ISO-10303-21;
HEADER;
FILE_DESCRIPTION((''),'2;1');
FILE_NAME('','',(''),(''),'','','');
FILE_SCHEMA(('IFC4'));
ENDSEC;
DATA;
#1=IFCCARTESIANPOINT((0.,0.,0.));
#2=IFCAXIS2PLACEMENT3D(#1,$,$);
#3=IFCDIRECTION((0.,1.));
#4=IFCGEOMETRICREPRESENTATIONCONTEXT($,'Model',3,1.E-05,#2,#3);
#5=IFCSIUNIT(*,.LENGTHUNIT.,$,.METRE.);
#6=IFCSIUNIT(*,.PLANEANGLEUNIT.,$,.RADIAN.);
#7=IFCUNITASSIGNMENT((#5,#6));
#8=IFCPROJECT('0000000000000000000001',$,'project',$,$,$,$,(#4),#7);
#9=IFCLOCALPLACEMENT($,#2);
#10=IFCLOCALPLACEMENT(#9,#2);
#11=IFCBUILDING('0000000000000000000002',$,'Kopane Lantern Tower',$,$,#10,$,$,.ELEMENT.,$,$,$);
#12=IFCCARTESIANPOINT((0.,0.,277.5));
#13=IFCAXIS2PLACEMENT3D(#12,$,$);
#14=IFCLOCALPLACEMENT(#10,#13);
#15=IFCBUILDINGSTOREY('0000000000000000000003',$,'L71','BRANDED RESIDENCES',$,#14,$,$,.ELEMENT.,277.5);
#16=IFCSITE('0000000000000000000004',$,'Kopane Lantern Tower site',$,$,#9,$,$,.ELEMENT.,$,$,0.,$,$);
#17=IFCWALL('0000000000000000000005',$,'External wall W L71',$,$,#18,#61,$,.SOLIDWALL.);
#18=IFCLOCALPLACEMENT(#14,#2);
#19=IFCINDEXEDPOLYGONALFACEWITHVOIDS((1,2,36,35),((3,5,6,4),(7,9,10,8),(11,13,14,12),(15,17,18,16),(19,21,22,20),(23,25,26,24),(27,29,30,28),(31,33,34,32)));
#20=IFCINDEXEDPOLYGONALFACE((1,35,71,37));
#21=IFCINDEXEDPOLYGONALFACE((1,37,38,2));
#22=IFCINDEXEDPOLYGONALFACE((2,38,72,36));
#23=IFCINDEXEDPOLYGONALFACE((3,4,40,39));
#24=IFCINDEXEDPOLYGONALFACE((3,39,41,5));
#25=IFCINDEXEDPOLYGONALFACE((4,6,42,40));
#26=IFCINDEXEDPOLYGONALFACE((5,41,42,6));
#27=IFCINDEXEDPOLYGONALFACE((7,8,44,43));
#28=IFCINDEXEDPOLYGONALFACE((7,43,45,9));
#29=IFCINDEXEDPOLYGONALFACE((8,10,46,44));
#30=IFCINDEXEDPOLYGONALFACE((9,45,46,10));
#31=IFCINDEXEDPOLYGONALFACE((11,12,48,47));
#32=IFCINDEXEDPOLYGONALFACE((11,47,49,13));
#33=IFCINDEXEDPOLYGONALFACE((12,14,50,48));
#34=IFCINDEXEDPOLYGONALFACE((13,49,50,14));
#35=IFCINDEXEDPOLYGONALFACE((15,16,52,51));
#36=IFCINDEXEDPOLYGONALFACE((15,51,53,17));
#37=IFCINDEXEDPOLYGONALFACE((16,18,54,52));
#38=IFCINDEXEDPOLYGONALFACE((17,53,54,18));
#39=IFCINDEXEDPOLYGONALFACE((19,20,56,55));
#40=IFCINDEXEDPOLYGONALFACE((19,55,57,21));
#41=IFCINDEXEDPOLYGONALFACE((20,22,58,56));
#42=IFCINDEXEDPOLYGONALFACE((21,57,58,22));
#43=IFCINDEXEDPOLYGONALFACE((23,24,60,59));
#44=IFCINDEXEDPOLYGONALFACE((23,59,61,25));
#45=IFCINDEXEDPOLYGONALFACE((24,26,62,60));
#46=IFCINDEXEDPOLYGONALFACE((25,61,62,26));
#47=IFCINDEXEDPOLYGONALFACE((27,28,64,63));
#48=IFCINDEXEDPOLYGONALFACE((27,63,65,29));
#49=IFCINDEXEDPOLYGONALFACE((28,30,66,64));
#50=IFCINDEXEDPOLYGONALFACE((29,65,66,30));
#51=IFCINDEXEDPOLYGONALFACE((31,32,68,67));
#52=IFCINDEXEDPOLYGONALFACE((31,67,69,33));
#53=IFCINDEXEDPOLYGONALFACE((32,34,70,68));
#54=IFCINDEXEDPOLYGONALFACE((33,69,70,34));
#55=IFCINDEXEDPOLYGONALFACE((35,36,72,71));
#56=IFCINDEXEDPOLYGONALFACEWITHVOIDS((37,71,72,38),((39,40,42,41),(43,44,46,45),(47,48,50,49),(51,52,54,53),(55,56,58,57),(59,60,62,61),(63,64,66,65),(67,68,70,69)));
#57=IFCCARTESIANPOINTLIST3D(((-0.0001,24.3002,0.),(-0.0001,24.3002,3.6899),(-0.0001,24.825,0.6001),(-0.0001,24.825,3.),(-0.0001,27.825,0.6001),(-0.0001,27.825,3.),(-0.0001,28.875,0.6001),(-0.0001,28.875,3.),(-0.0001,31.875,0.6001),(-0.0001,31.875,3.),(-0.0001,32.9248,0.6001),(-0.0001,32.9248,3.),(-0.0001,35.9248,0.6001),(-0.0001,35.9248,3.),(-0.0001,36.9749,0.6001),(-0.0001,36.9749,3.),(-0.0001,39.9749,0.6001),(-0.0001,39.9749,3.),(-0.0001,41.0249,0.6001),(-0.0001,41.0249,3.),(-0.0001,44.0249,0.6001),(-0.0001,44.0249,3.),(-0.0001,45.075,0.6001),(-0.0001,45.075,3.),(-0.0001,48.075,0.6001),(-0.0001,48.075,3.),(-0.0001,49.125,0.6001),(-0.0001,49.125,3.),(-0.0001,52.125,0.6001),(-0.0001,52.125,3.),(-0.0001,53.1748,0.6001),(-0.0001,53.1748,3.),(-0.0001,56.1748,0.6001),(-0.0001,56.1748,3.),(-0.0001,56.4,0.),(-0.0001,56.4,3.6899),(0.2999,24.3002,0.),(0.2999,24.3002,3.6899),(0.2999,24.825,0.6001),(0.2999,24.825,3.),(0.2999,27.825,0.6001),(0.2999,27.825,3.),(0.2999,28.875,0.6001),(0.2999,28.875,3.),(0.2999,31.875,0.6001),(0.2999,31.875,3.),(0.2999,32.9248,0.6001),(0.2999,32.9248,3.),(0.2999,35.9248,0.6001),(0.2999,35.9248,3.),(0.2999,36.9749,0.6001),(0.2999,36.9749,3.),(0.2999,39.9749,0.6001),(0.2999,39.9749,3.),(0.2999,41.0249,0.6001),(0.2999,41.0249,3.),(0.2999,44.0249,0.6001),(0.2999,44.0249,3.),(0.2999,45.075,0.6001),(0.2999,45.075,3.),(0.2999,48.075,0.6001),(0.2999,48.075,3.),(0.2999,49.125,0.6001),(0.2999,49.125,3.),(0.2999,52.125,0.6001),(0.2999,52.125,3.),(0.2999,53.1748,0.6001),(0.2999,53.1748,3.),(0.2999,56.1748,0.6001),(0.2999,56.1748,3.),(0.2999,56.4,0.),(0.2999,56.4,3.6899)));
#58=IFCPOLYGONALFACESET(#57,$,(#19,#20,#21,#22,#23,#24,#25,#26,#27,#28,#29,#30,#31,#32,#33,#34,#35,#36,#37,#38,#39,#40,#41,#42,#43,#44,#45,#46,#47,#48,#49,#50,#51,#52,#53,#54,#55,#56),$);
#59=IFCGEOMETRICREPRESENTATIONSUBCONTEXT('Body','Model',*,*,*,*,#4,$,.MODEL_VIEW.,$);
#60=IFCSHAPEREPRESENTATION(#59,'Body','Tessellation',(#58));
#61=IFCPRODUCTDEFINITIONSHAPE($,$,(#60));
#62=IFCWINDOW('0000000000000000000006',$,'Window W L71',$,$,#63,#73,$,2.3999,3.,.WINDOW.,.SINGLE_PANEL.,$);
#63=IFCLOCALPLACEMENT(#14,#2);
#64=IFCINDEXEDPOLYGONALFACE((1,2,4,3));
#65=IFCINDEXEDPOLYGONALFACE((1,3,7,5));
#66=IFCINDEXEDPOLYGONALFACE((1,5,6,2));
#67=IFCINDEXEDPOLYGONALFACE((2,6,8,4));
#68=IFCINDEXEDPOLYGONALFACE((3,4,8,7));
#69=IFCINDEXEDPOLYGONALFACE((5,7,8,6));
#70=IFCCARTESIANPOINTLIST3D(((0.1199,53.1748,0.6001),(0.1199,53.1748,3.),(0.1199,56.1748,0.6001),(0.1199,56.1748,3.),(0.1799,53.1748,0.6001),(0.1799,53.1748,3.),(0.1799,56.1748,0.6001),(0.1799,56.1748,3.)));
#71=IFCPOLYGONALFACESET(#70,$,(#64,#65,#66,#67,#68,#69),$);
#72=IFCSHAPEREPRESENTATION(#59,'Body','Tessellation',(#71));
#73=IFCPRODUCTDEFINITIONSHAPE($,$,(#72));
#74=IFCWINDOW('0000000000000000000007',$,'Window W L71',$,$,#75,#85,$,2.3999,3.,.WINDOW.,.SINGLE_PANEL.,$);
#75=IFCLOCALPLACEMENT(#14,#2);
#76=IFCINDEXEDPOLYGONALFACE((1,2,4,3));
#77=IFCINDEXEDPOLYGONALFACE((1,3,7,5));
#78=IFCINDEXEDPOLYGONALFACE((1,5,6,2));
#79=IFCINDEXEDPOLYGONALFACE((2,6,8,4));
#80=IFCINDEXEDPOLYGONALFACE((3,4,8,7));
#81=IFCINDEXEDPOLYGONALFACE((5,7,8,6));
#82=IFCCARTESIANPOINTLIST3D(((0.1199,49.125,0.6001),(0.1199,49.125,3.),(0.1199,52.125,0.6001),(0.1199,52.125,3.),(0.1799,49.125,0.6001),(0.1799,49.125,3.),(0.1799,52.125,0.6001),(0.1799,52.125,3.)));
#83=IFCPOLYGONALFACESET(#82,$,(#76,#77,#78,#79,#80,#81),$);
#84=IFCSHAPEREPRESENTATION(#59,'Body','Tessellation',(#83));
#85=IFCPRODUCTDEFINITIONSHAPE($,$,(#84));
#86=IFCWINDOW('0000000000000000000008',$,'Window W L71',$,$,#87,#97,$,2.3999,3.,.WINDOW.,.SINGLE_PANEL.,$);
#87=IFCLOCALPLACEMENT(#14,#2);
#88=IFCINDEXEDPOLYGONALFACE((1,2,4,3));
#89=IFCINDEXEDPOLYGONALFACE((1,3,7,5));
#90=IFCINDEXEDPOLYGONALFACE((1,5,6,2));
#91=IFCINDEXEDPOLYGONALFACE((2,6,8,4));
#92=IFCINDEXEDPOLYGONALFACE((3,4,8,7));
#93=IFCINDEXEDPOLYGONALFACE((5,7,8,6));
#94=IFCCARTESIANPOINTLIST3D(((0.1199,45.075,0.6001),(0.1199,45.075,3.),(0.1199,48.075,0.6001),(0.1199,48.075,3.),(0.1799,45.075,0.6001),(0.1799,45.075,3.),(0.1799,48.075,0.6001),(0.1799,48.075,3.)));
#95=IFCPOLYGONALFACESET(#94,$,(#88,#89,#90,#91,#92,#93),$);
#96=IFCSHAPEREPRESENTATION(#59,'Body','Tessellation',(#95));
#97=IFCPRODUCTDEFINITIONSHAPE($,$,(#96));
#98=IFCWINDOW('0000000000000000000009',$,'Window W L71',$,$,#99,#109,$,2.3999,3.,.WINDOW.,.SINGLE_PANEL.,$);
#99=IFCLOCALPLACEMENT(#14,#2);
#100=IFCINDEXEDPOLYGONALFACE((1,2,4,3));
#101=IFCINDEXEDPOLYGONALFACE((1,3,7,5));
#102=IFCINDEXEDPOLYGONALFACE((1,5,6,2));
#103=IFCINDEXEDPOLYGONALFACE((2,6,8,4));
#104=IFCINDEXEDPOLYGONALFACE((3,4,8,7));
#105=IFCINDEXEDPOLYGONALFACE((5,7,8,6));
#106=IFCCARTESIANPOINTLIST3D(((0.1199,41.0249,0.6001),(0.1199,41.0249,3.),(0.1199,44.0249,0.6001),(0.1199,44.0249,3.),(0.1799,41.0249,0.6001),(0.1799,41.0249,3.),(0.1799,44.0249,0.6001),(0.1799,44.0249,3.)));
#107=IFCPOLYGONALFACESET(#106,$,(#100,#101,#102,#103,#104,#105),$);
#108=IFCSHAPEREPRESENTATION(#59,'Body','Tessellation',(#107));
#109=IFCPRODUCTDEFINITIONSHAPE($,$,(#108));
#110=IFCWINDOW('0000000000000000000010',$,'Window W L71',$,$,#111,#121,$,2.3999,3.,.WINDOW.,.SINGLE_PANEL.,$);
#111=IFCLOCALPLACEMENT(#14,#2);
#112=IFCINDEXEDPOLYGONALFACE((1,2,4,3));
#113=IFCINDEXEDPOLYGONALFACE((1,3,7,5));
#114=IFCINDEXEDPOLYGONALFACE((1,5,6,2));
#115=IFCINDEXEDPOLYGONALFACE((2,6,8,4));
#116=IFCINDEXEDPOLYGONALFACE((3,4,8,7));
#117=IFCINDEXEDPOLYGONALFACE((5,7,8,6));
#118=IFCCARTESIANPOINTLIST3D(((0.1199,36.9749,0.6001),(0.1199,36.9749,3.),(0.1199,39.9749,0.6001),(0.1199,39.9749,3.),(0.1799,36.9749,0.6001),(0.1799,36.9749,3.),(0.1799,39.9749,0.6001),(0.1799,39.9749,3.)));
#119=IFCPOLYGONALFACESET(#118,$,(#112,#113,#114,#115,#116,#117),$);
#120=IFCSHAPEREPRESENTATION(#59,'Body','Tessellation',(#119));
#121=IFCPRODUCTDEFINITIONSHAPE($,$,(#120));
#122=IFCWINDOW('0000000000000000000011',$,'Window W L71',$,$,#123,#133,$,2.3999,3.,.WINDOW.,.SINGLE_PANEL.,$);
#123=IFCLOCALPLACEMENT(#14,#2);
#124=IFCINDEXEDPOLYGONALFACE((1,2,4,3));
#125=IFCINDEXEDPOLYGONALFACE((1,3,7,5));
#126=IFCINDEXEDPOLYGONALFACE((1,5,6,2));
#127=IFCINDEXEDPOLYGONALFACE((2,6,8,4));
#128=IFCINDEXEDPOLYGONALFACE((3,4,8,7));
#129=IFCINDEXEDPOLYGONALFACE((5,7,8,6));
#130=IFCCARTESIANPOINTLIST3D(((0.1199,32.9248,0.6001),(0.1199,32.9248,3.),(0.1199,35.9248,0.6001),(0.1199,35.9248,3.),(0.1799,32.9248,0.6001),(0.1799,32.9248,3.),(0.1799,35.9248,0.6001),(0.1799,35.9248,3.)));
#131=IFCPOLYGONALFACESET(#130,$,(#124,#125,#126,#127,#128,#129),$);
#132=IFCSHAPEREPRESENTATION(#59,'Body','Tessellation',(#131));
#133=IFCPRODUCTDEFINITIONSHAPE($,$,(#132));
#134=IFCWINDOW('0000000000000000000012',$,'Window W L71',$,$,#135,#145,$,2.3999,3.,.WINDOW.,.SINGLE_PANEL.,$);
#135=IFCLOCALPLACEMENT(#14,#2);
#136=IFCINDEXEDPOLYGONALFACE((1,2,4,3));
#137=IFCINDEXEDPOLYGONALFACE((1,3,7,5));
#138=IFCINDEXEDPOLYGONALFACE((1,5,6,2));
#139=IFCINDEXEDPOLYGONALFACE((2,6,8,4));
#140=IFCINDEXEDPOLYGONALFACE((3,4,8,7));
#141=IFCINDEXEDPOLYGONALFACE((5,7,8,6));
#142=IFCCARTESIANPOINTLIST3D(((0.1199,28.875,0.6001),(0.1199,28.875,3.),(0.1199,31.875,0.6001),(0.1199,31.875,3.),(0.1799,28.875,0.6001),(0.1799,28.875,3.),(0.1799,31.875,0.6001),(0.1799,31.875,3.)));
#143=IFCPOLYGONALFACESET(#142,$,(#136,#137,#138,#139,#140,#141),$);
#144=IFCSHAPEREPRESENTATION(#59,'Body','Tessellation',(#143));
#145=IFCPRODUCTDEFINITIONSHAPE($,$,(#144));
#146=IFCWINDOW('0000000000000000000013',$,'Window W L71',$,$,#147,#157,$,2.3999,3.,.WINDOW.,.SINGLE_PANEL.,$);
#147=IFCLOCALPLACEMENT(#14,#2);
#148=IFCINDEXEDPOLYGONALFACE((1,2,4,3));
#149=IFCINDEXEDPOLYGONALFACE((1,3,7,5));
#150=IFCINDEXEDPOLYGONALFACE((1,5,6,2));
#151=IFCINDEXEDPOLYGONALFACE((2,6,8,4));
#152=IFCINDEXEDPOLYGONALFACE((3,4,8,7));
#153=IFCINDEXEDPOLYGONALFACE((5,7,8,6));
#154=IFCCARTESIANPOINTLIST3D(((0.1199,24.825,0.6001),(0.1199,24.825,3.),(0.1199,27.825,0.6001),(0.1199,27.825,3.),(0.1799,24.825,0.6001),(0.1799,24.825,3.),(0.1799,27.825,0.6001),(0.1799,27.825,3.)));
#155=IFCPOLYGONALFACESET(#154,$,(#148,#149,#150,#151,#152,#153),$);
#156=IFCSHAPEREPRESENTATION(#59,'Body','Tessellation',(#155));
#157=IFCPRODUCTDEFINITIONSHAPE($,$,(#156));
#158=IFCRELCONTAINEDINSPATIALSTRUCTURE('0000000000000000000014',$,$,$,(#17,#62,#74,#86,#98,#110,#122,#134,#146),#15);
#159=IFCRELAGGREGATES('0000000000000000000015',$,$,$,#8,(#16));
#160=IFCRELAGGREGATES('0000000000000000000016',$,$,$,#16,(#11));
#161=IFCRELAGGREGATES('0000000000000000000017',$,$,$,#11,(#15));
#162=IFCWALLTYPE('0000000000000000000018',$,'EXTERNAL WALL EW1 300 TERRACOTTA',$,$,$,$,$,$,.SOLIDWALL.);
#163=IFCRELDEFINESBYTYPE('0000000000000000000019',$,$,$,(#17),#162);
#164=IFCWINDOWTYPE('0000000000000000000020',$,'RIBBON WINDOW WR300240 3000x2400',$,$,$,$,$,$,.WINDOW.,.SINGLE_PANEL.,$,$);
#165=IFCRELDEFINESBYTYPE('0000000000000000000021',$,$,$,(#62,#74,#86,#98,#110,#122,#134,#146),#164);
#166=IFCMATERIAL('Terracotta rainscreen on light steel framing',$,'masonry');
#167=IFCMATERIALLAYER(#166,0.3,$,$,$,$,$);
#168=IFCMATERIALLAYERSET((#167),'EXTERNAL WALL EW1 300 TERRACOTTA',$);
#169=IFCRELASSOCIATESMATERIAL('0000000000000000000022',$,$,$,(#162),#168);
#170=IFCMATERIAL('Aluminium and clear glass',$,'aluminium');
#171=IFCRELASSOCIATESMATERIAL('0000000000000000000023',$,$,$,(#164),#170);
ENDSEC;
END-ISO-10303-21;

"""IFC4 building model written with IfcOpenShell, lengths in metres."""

from ifc_helpers import new_model, si_unit, direction, frame, frame_2d, origin, place, context, subcontext, project, spatial, rectangle, extrude, material, layer, layer_set, type_object, element, fill, save


model = new_model("IFC4")

# Units and contexts
model_context = context("Model", 3, precision=1e-05, world=origin(), true_north=direction((0.0, 1.0)))
body_context = subcontext(model_context, "Body", "Model", "MODEL_VIEW")
ifc_project = project(units=[si_unit("LENGTHUNIT", "METRE"), si_unit("PLANEANGLEUNIT", "RADIAN")], contexts=[model_context])

# Site, building, storey
site_placement = place(None, origin())
site = spatial("IfcSite", under=ifc_project, at=site_placement, Name="Kopane Lantern Tower site", CompositionType="ELEMENT", RefElevation=0.0)
building_placement = place(site_placement, origin())
building = spatial("IfcBuilding", under=site, at=building_placement, Name="Kopane Lantern Tower", CompositionType="ELEMENT")
storey_placement = place(building_placement, frame((0.0, 0.0, 277.5)))
storey = spatial("IfcBuildingStorey", under=building, at=storey_placement, Name="L71", Description="BRANDED RESIDENCES", CompositionType="ELEMENT", Elevation=277.5)

# Shared definitions
ifc_material_1 = material(Name="Terracotta rainscreen on light steel framing", Category="masonry")
ifc_layer_1 = layer(ifc_material_1, 0.3)
ifc_layer_set_1 = layer_set([ifc_layer_1], Name="EXTERNAL WALL EW1 300 TERRACOTTA")
wall_type_1 = type_object("IfcWallType", Name="EXTERNAL WALL EW1 300 TERRACOTTA", PredefinedType="SOLIDWALL", material=ifc_layer_set_1)

# Wall, openings, windows
wall_1_placement = place(storey_placement, frame((0.1499, 56.3999, 0.0), z_axis=(0.0, 0.0, 1.0), x_axis=(0.0, -1.0, 0.0)))
wall_1 = element("IfcWall", 1, at=wall_1_placement, inside=storey, type_object=wall_type_1, Name="External wall W L71", PredefinedType="SOLIDWALL", context=body_context, shape_type="SweptSolid", body=[
    extrude(rectangle(XDim=32.0999, YDim=0.3, at=frame_2d((16.0498, 0.0))), origin(), (0.0, 0.0, 1.0), 3.6899),
])
opening_1_placement = place(wall_1_placement, frame((0.2251, 0.0, 0.6001)))
opening_1 = element("IfcOpeningElement", 2, at=opening_1_placement, cuts=wall_1, PredefinedType="OPENING", context=body_context, shape_type="SweptSolid", body=[
    extrude(rectangle(XDim=3.0, YDim=2.3999, at=frame_2d((1.5, 1.2))), frame((0.0, 0.1599, 0.0), z_axis=(0.0, -1.0, 0.0), x_axis=(1.0, 0.0, 0.0)), (0.0, 0.0, 1.0), 0.3201),
])
opening_2_placement = place(wall_1_placement, frame((4.2749, 0.0, 0.6001)))
opening_2 = element("IfcOpeningElement", 3, at=opening_2_placement, cuts=wall_1, PredefinedType="OPENING", context=body_context, shape_type="SweptSolid", body=[
    extrude(rectangle(XDim=3.0, YDim=2.3999, at=frame_2d((1.5, 1.2))), frame((0.0, 0.1599, 0.0), z_axis=(0.0, -1.0, 0.0), x_axis=(1.0, 0.0, 0.0)), (0.0, 0.0, 1.0), 0.3201),
])
opening_3_placement = place(wall_1_placement, frame((8.325, 0.0, 0.6001)))
opening_3 = element("IfcOpeningElement", 4, at=opening_3_placement, cuts=wall_1, PredefinedType="OPENING", context=body_context, shape_type="SweptSolid", body=[
    extrude(rectangle(XDim=3.0, YDim=2.3999, at=frame_2d((1.5, 1.2))), frame((0.0, 0.1599, 0.0), z_axis=(0.0, -1.0, 0.0), x_axis=(1.0, 0.0, 0.0)), (0.0, 0.0, 1.0), 0.3201),
])
opening_4_placement = place(wall_1_placement, frame((12.375, 0.0, 0.6001)))
opening_4 = element("IfcOpeningElement", 5, at=opening_4_placement, cuts=wall_1, PredefinedType="OPENING", context=body_context, shape_type="SweptSolid", body=[
    extrude(rectangle(XDim=3.0, YDim=2.3999, at=frame_2d((1.5, 1.2))), frame((0.0, 0.1599, 0.0), z_axis=(0.0, -1.0, 0.0), x_axis=(1.0, 0.0, 0.0)), (0.0, 0.0, 1.0), 0.3201),
])
opening_5_placement = place(wall_1_placement, frame((16.425, 0.0, 0.6001)))
opening_5 = element("IfcOpeningElement", 6, at=opening_5_placement, cuts=wall_1, PredefinedType="OPENING", context=body_context, shape_type="SweptSolid", body=[
    extrude(rectangle(XDim=3.0, YDim=2.3999, at=frame_2d((1.5, 1.2))), frame((0.0, 0.1599, 0.0), z_axis=(0.0, -1.0, 0.0), x_axis=(1.0, 0.0, 0.0)), (0.0, 0.0, 1.0), 0.3201),
])
opening_6_placement = place(wall_1_placement, frame((20.4751, 0.0, 0.6001)))
opening_6 = element("IfcOpeningElement", 7, at=opening_6_placement, cuts=wall_1, PredefinedType="OPENING", context=body_context, shape_type="SweptSolid", body=[
    extrude(rectangle(XDim=3.0, YDim=2.3999, at=frame_2d((1.5, 1.2))), frame((0.0, 0.1599, 0.0), z_axis=(0.0, -1.0, 0.0), x_axis=(1.0, 0.0, 0.0)), (0.0, 0.0, 1.0), 0.3201),
])
opening_7_placement = place(wall_1_placement, frame((24.5249, 0.0, 0.6001)))
opening_7 = element("IfcOpeningElement", 8, at=opening_7_placement, cuts=wall_1, PredefinedType="OPENING", context=body_context, shape_type="SweptSolid", body=[
    extrude(rectangle(XDim=3.0, YDim=2.3999, at=frame_2d((1.5, 1.2))), frame((0.0, 0.1599, 0.0), z_axis=(0.0, -1.0, 0.0), x_axis=(1.0, 0.0, 0.0)), (0.0, 0.0, 1.0), 0.3201),
])
opening_8_placement = place(wall_1_placement, frame((28.575, 0.0, 0.6001)))
opening_8 = element("IfcOpeningElement", 9, at=opening_8_placement, cuts=wall_1, PredefinedType="OPENING", context=body_context, shape_type="SweptSolid", body=[
    extrude(rectangle(XDim=3.0, YDim=2.3999, at=frame_2d((1.5, 1.2))), frame((0.0, 0.1599, 0.0), z_axis=(0.0, -1.0, 0.0), x_axis=(1.0, 0.0, 0.0)), (0.0, 0.0, 1.0), 0.3201),
])
ifc_material_2 = material(Name="Aluminium and clear glass", Category="aluminium")
window_type_1 = type_object("IfcWindowType", Name="RIBBON WINDOW WR300240 3000x2400", PartitioningType="SINGLE_PANEL", PredefinedType="WINDOW", material=ifc_material_2)
window_1_placement = place(opening_1_placement, origin())
window_1 = element("IfcWindow", 10, at=window_1_placement, inside=storey, type_object=window_type_1, Name="Window W L71", OverallHeight=2.3999, OverallWidth=3.0, PartitioningType="SINGLE_PANEL", PredefinedType="WINDOW", context=body_context, shape_type="SweptSolid", body=[
    extrude(rectangle(XDim=3.0, YDim=2.3999, at=frame_2d((1.5, 1.2))), frame((0.0, 0.03, 0.0), z_axis=(0.0, -1.0, 0.0), x_axis=(1.0, 0.0, 0.0)), (0.0, 0.0, 1.0), 0.0601),
])
fill(opening_1, window_1)
window_2_placement = place(opening_2_placement, origin())
window_2 = element("IfcWindow", 11, at=window_2_placement, inside=storey, type_object=window_type_1, Name="Window W L71", OverallHeight=2.3999, OverallWidth=3.0, PartitioningType="SINGLE_PANEL", PredefinedType="WINDOW", context=body_context, shape_type="SweptSolid", body=[
    extrude(rectangle(XDim=3.0, YDim=2.3999, at=frame_2d((1.5, 1.2))), frame((0.0, 0.03, 0.0), z_axis=(0.0, -1.0, 0.0), x_axis=(1.0, 0.0, 0.0)), (0.0, 0.0, 1.0), 0.0601),
])
fill(opening_2, window_2)
window_3_placement = place(opening_3_placement, origin())
window_3 = element("IfcWindow", 12, at=window_3_placement, inside=storey, type_object=window_type_1, Name="Window W L71", OverallHeight=2.3999, OverallWidth=3.0, PartitioningType="SINGLE_PANEL", PredefinedType="WINDOW", context=body_context, shape_type="SweptSolid", body=[
    extrude(rectangle(XDim=3.0, YDim=2.3999, at=frame_2d((1.5, 1.2))), frame((0.0, 0.03, 0.0), z_axis=(0.0, -1.0, 0.0), x_axis=(1.0, 0.0, 0.0)), (0.0, 0.0, 1.0), 0.0601),
])
fill(opening_3, window_3)
window_4_placement = place(opening_4_placement, origin())
window_4 = element("IfcWindow", 13, at=window_4_placement, inside=storey, type_object=window_type_1, Name="Window W L71", OverallHeight=2.3999, OverallWidth=3.0, PartitioningType="SINGLE_PANEL", PredefinedType="WINDOW", context=body_context, shape_type="SweptSolid", body=[
    extrude(rectangle(XDim=3.0, YDim=2.3999, at=frame_2d((1.5, 1.2))), frame((0.0, 0.03, 0.0), z_axis=(0.0, -1.0, 0.0), x_axis=(1.0, 0.0, 0.0)), (0.0, 0.0, 1.0), 0.0601),
])
fill(opening_4, window_4)
window_5_placement = place(opening_5_placement, origin())
window_5 = element("IfcWindow", 14, at=window_5_placement, inside=storey, type_object=window_type_1, Name="Window W L71", OverallHeight=2.3999, OverallWidth=3.0, PartitioningType="SINGLE_PANEL", PredefinedType="WINDOW", context=body_context, shape_type="SweptSolid", body=[
    extrude(rectangle(XDim=3.0, YDim=2.3999, at=frame_2d((1.5, 1.2))), frame((0.0, 0.03, 0.0), z_axis=(0.0, -1.0, 0.0), x_axis=(1.0, 0.0, 0.0)), (0.0, 0.0, 1.0), 0.0601),
])
fill(opening_5, window_5)
window_6_placement = place(opening_6_placement, origin())
window_6 = element("IfcWindow", 15, at=window_6_placement, inside=storey, type_object=window_type_1, Name="Window W L71", OverallHeight=2.3999, OverallWidth=3.0, PartitioningType="SINGLE_PANEL", PredefinedType="WINDOW", context=body_context, shape_type="SweptSolid", body=[
    extrude(rectangle(XDim=3.0, YDim=2.3999, at=frame_2d((1.5, 1.2))), frame((0.0, 0.03, 0.0), z_axis=(0.0, -1.0, 0.0), x_axis=(1.0, 0.0, 0.0)), (0.0, 0.0, 1.0), 0.0601),
])
fill(opening_6, window_6)
window_7_placement = place(opening_7_placement, origin())
window_7 = element("IfcWindow", 16, at=window_7_placement, inside=storey, type_object=window_type_1, Name="Window W L71", OverallHeight=2.3999, OverallWidth=3.0, PartitioningType="SINGLE_PANEL", PredefinedType="WINDOW", context=body_context, shape_type="SweptSolid", body=[
    extrude(rectangle(XDim=3.0, YDim=2.3999, at=frame_2d((1.5, 1.2))), frame((0.0, 0.03, 0.0), z_axis=(0.0, -1.0, 0.0), x_axis=(1.0, 0.0, 0.0)), (0.0, 0.0, 1.0), 0.0601),
])
fill(opening_7, window_7)
window_8_placement = place(opening_8_placement, origin())
window_8 = element("IfcWindow", 17, at=window_8_placement, inside=storey, type_object=window_type_1, Name="Window W L71", OverallHeight=2.3999, OverallWidth=3.0, PartitioningType="SINGLE_PANEL", PredefinedType="WINDOW", context=body_context, shape_type="SweptSolid", body=[
    extrude(rectangle(XDim=3.0, YDim=2.3999, at=frame_2d((1.5, 1.2))), frame((0.0, 0.03, 0.0), z_axis=(0.0, -1.0, 0.0), x_axis=(1.0, 0.0, 0.0)), (0.0, 0.0, 1.0), 0.0601),
])
fill(opening_8, window_8)

save(model, "model.ifc")
